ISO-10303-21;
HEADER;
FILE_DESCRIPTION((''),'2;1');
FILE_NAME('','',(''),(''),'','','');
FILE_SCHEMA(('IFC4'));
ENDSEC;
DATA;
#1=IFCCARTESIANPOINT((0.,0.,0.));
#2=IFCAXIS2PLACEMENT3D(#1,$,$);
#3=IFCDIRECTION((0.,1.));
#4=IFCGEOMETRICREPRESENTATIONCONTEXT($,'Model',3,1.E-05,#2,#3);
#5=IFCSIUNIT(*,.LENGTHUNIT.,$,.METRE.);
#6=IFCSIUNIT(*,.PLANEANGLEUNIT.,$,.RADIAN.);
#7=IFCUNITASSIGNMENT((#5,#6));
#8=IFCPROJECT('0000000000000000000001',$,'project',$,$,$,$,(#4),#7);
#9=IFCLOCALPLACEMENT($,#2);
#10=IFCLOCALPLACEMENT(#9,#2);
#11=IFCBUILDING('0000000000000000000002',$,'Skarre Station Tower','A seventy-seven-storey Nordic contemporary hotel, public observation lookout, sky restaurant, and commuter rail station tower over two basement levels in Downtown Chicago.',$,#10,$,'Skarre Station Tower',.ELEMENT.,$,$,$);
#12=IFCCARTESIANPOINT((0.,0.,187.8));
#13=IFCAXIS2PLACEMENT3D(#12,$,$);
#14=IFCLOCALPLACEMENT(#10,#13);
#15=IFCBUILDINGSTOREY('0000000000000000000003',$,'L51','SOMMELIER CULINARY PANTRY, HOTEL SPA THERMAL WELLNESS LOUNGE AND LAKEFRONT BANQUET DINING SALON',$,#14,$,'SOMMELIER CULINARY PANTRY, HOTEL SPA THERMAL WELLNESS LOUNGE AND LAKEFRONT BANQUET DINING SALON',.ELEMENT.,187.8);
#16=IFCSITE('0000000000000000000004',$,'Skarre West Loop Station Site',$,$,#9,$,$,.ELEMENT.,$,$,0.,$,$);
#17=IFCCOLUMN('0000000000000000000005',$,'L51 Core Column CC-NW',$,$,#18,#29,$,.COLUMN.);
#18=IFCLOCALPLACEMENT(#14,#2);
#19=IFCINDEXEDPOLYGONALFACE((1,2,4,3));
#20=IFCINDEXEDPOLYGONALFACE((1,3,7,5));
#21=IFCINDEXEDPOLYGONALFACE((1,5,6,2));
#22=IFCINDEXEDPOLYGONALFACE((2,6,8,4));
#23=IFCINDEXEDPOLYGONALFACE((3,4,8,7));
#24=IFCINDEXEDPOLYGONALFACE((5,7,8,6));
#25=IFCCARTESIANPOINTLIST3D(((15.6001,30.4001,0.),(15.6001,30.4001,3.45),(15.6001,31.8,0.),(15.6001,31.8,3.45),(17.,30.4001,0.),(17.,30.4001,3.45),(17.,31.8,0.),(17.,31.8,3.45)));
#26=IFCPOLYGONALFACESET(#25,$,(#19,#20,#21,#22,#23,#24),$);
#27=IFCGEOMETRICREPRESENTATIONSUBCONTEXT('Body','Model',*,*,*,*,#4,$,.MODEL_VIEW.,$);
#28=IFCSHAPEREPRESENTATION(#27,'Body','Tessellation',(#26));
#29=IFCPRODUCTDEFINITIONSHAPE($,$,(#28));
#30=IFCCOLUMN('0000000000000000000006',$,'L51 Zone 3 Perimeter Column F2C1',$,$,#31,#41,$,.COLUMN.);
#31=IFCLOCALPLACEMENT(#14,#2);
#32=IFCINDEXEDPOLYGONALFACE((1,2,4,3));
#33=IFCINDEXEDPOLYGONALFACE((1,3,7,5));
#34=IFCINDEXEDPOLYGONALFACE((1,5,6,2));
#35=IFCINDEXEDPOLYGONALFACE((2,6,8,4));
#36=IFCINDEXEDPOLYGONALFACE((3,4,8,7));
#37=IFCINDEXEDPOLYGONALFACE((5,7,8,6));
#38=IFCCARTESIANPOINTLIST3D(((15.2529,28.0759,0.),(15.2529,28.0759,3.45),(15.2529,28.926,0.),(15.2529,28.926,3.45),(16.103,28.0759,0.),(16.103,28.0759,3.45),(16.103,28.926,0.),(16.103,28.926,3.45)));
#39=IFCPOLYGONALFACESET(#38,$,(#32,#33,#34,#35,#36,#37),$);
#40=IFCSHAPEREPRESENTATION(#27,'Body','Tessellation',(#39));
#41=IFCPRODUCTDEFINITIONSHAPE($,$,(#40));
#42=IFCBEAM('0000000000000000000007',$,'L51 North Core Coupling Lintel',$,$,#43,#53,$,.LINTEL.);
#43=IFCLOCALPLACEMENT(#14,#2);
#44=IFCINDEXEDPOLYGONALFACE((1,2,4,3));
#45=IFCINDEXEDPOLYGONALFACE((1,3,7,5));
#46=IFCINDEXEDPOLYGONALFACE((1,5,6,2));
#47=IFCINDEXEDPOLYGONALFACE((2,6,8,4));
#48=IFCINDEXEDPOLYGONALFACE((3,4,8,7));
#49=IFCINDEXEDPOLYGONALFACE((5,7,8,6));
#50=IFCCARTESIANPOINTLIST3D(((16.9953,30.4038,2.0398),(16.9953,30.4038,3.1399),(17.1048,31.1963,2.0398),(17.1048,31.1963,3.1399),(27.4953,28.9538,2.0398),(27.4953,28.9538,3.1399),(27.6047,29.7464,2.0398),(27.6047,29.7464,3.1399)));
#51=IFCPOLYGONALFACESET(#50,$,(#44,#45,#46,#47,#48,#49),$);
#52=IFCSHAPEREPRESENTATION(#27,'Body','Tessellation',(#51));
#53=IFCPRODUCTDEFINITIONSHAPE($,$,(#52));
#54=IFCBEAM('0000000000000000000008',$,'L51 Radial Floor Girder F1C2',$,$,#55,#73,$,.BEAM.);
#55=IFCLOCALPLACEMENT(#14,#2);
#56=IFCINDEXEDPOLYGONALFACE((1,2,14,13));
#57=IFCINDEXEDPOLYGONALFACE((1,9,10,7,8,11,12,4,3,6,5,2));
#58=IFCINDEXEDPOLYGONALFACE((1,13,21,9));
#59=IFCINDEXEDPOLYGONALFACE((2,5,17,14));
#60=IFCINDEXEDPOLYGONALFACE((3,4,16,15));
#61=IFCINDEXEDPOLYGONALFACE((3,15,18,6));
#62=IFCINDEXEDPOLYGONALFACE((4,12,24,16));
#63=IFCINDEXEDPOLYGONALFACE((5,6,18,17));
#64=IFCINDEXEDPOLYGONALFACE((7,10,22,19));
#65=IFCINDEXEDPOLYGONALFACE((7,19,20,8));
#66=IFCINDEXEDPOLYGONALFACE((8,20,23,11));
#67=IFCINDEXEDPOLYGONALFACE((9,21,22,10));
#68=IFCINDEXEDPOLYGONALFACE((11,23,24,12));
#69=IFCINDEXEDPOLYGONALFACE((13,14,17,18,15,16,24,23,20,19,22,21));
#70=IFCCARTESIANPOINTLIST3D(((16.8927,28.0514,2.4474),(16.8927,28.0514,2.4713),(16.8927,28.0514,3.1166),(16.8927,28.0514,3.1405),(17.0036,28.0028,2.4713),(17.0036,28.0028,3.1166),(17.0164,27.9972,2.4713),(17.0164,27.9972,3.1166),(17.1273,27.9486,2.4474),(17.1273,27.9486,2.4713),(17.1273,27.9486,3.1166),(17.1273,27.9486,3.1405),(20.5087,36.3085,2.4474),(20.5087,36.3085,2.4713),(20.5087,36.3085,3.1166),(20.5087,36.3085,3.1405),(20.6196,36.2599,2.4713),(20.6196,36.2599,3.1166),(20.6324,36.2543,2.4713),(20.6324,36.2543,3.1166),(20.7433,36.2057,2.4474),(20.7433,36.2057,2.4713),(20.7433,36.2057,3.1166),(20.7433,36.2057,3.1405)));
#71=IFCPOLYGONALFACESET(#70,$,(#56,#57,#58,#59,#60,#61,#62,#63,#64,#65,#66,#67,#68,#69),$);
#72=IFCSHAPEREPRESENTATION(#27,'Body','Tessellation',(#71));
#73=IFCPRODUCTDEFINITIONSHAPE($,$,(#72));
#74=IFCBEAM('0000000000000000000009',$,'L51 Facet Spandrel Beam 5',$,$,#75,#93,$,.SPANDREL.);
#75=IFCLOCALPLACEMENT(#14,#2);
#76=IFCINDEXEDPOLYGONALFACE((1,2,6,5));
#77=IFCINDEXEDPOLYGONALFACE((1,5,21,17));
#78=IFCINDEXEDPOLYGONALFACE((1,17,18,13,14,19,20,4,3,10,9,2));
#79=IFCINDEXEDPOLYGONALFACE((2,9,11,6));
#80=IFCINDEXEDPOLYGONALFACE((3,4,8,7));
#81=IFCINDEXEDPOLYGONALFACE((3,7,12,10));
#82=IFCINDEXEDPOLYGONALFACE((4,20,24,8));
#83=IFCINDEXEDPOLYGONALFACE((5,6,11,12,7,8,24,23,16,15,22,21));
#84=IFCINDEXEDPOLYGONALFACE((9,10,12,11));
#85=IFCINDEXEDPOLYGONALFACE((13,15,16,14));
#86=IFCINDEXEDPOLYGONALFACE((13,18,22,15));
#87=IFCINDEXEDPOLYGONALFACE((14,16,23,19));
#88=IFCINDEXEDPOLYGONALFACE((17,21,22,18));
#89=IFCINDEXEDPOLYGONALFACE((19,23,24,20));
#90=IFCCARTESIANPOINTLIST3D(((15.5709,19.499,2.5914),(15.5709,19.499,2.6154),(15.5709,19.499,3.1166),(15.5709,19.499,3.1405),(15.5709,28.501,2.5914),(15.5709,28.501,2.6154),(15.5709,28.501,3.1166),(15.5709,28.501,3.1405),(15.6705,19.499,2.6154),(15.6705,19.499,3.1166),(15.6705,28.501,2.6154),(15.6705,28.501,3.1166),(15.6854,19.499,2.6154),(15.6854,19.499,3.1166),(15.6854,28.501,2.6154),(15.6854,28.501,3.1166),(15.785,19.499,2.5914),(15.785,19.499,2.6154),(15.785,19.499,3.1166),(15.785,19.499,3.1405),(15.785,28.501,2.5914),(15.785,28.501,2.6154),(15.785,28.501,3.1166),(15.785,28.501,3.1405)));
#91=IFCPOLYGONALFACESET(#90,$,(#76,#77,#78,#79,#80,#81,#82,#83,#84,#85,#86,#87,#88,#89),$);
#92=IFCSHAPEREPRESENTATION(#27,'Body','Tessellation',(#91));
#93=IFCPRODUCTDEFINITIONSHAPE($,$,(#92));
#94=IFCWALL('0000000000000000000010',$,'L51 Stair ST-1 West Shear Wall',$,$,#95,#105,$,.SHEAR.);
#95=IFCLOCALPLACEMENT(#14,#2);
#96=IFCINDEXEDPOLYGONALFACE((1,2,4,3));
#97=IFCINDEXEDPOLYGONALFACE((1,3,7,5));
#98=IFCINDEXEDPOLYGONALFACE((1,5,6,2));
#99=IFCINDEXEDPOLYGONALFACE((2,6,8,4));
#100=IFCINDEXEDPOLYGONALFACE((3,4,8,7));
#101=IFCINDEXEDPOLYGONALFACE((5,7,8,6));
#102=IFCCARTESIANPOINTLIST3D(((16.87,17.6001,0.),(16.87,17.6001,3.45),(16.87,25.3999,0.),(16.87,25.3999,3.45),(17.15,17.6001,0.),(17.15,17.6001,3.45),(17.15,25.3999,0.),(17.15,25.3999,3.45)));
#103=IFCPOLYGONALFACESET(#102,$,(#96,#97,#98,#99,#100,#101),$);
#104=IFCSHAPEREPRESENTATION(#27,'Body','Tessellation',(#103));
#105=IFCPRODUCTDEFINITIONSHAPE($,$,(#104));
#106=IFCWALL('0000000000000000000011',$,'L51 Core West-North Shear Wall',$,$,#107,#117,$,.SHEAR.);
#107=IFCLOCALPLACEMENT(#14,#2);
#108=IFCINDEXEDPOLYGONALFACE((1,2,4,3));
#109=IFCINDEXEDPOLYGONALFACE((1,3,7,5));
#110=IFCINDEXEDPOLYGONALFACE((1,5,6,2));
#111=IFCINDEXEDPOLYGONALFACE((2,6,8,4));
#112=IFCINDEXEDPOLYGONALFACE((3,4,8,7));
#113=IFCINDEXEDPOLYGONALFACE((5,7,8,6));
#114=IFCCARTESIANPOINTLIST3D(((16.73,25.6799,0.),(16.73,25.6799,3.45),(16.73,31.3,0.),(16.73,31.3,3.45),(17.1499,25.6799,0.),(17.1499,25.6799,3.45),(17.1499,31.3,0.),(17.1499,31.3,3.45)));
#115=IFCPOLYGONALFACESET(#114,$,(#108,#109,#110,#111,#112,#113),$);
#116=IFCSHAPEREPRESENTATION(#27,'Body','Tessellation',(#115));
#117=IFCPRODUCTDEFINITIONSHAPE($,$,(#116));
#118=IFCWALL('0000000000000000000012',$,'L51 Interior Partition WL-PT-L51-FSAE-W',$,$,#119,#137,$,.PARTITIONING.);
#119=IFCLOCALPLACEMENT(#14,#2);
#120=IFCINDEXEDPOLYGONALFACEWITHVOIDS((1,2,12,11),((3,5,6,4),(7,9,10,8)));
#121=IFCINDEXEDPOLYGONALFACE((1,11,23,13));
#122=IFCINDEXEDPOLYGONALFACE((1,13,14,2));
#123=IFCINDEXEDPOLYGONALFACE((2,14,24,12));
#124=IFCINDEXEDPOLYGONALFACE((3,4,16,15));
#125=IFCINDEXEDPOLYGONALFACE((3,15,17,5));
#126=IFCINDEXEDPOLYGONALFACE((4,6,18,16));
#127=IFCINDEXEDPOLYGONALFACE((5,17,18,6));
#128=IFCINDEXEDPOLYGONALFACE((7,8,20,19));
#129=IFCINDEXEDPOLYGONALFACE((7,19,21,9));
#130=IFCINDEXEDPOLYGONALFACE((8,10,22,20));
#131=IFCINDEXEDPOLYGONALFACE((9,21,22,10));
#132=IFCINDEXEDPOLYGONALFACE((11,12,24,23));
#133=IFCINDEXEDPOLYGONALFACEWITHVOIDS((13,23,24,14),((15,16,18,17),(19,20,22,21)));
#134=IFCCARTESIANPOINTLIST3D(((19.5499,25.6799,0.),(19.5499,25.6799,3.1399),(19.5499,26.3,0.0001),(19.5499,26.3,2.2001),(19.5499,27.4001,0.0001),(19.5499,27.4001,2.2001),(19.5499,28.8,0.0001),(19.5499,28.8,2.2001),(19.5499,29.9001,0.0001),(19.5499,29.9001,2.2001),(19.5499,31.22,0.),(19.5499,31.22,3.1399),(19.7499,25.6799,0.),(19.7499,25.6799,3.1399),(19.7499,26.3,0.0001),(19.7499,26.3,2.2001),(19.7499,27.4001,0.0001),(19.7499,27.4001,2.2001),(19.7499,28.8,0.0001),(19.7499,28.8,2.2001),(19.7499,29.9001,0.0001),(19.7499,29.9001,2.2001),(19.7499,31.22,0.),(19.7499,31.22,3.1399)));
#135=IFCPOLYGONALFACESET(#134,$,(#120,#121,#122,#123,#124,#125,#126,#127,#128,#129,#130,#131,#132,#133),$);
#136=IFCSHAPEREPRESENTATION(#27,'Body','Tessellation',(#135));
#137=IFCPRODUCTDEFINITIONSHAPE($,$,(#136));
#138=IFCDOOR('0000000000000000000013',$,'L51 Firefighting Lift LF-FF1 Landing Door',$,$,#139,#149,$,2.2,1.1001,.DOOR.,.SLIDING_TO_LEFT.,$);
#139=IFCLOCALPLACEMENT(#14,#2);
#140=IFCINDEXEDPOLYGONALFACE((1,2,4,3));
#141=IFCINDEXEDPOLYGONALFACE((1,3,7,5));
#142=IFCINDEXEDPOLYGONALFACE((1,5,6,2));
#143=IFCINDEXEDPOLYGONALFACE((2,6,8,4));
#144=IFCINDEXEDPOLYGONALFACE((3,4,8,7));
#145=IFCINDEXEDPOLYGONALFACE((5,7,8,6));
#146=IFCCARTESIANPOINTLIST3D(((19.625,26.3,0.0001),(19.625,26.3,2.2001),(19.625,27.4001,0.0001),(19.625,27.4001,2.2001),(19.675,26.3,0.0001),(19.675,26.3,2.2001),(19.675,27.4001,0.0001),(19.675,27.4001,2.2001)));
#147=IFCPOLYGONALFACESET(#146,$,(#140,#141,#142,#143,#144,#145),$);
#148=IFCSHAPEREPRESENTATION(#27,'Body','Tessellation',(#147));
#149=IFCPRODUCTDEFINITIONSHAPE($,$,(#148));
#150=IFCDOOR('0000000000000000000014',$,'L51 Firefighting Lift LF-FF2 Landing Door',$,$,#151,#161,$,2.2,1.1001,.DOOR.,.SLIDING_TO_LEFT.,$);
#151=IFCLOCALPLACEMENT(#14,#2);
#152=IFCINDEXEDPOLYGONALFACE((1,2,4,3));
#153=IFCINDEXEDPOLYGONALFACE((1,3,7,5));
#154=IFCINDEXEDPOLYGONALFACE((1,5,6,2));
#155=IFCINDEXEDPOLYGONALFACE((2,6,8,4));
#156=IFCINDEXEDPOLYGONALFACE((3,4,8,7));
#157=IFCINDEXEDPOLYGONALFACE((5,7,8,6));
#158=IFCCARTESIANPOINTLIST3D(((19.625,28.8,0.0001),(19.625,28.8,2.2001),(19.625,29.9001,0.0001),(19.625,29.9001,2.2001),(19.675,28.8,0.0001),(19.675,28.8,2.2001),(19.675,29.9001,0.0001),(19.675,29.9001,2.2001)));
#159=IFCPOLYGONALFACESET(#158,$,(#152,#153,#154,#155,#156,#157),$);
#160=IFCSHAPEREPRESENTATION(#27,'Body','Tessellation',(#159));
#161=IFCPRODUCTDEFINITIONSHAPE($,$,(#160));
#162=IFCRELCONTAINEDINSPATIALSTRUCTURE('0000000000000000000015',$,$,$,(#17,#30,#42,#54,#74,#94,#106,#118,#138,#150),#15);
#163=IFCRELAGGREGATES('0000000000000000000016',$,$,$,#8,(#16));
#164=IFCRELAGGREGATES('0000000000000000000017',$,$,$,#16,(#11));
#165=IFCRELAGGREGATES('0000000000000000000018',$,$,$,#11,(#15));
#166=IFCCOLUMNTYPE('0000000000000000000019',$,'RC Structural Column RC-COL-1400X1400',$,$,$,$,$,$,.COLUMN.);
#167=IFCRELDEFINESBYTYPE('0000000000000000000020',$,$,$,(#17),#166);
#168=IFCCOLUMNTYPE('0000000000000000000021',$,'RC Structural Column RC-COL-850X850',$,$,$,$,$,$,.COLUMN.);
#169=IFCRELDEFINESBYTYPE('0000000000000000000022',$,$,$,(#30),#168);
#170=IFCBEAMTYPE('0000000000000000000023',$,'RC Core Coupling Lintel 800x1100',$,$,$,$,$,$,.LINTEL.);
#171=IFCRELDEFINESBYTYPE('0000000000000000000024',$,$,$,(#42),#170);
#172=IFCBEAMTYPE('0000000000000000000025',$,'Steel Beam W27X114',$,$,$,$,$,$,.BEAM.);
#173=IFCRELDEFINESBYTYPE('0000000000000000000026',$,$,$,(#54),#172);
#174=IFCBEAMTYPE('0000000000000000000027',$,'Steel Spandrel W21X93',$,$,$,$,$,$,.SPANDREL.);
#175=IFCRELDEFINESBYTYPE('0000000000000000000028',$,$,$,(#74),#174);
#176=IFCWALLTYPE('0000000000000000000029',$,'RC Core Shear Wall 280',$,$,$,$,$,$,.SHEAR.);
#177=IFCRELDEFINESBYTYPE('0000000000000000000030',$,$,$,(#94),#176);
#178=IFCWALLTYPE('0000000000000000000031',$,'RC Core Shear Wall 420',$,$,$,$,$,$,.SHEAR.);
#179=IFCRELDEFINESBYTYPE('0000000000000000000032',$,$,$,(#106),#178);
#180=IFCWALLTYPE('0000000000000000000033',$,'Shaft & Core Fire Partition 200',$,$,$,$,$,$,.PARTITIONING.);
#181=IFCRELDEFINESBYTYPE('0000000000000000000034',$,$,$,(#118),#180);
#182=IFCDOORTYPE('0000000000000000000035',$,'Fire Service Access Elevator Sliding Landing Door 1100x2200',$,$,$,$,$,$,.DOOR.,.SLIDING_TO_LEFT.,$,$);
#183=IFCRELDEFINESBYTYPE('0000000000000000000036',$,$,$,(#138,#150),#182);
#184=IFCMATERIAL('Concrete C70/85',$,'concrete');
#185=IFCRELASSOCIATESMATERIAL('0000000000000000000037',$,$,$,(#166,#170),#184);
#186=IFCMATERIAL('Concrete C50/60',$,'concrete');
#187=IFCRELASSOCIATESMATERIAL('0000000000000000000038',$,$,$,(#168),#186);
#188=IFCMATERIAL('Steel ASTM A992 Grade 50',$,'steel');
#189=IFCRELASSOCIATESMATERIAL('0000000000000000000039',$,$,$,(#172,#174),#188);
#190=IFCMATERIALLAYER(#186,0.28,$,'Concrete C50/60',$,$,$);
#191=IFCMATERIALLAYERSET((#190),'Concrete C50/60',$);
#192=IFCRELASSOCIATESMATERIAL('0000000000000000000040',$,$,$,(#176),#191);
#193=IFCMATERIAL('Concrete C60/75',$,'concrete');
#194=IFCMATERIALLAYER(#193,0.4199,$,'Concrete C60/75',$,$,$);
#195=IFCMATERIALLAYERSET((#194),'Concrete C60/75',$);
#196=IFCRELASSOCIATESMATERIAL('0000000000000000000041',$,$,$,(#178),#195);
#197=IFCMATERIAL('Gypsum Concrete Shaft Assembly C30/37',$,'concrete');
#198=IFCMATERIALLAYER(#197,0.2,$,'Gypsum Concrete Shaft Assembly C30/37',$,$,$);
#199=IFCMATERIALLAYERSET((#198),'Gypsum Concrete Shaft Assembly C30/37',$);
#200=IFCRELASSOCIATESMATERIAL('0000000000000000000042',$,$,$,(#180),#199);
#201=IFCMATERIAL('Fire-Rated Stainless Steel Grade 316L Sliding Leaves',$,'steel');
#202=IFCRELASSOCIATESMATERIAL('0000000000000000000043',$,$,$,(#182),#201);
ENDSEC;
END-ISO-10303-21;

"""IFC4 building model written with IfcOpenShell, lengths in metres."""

from ifc_helpers import new_model, si_unit, direction, frame, frame_2d, origin, origin_2d, place, context, subcontext, project, spatial, rectangle, i_section, extrude, material, layer, layer_set, material_profile, profile_set, type_object, element, fill, save


model = new_model("IFC4")

# Units and contexts
model_context = context("Model", 3, precision=1e-05, world=origin(), true_north=direction((0.0, 1.0)))
body_context = subcontext(model_context, "Body", "Model", "MODEL_VIEW")
ifc_project = project(units=[si_unit("LENGTHUNIT", "METRE"), si_unit("PLANEANGLEUNIT", "RADIAN")], contexts=[model_context])

# Site, building, storey
site_placement = place(None, origin())
site = spatial("IfcSite", under=ifc_project, at=site_placement, Name="Skarre West Loop Station Site", CompositionType="ELEMENT", RefElevation=0.0)
building_placement = place(site_placement, origin())
building = spatial("IfcBuilding", under=site, at=building_placement, Name="Skarre Station Tower", Description="A seventy-seven-storey Nordic contemporary hotel, public observation lookout, sky restaurant, and commuter rail station tower over two basement levels in Downtown Chicago.", LongName="Skarre Station Tower", CompositionType="ELEMENT")
storey_placement = place(building_placement, frame((0.0, 0.0, 187.8)))
storey = spatial("IfcBuildingStorey", under=building, at=storey_placement, Name="L51", Description="SOMMELIER CULINARY PANTRY, HOTEL SPA THERMAL WELLNESS LOUNGE AND LAKEFRONT BANQUET DINING SALON", LongName="SOMMELIER CULINARY PANTRY, HOTEL SPA THERMAL WELLNESS LOUNGE AND LAKEFRONT BANQUET DINING SALON", CompositionType="ELEMENT", Elevation=187.8)

# Columns
ifc_material_1 = material(Name="Concrete C70/85", Category="concrete")
ifc_material_profile_1 = material_profile(ifc_material_1, rectangle(XDim=1.3999, YDim=1.3999, at=origin_2d()), Name="Concrete C70/85")
ifc_profile_set_1 = profile_set([ifc_material_profile_1], Name="Concrete C70/85")
column_type_1 = type_object("IfcColumnType", Name="RC Structural Column RC-COL-1400X1400", PredefinedType="COLUMN", material=ifc_profile_set_1)
column_1_placement = place(storey_placement, frame((16.3, 31.1001, 0.0), z_axis=(0.0, 0.0, 1.0), x_axis=(1.0, 0.0, 0.0)))
element("IfcColumn", 1, at=column_1_placement, inside=storey, type_object=column_type_1, Name="L51 Core Column CC-NW", PredefinedType="COLUMN", context=body_context, shape_type="SweptSolid", body=[
    extrude(rectangle(XDim=1.3999, YDim=1.3999, at=origin_2d()), origin(), (0.0, 0.0, 1.0), 3.45),
])
ifc_material_2 = material(Name="Concrete C50/60", Category="concrete")
ifc_material_profile_2 = material_profile(ifc_material_2, rectangle(XDim=0.8501, YDim=0.8501, at=origin_2d()), Name="Concrete C50/60")
ifc_profile_set_2 = profile_set([ifc_material_profile_2], Name="Concrete C50/60")
column_type_2 = type_object("IfcColumnType", Name="RC Structural Column RC-COL-850X850", PredefinedType="COLUMN", material=ifc_profile_set_2)
column_2_placement = place(storey_placement, frame((15.678, 28.501, 0.0), z_axis=(0.0, 0.0, 1.0), x_axis=(1.0, 0.0, 0.0)))
element("IfcColumn", 2, at=column_2_placement, inside=storey, type_object=column_type_2, Name="L51 Zone 3 Perimeter Column F2C1", PredefinedType="COLUMN", context=body_context, shape_type="SweptSolid", body=[
    extrude(rectangle(XDim=0.8501, YDim=0.8501, at=origin_2d()), origin(), (0.0, 0.0, 1.0), 3.45),
])

# Beams
ifc_material_profile_3 = material_profile(ifc_material_1, rectangle(XDim=0.8, YDim=1.1001, at=origin_2d()), Name="Concrete C70/85")
ifc_profile_set_3 = profile_set([ifc_material_profile_3], Name="Concrete C70/85")
beam_type_1 = type_object("IfcBeamType", Name="RC Core Coupling Lintel 800x1100", PredefinedType="LINTEL", material=ifc_profile_set_3)
beam_1_placement = place(storey_placement, frame((17.05, 30.8, 2.5898), z_axis=(0.9906, -0.136792, 0.0), x_axis=(0.136792, 0.9906, 0.0)))
element("IfcBeam", 3, at=beam_1_placement, inside=storey, type_object=beam_type_1, Name="L51 North Core Coupling Lintel", PredefinedType="LINTEL", context=body_context, shape_type="SweptSolid", body=[
    extrude(rectangle(XDim=0.8, YDim=1.1001, at=origin_2d()), origin(), (0.0, 0.0, 1.0), 10.5996),
])
ifc_material_3 = material(Name="Steel ASTM A992 Grade 50", Category="steel")
ifc_material_profile_4 = material_profile(ifc_material_3, i_section(OverallWidth=0.2561, OverallDepth=0.6931, WebThickness=0.0139, FlangeThickness=0.0239, at=origin_2d()), Name="Steel ASTM A992 Grade 50")
ifc_profile_set_4 = profile_set([ifc_material_profile_4], Name="Steel ASTM A992 Grade 50")
beam_type_2 = type_object("IfcBeamType", Name="Steel Beam W27X114", PredefinedType="BEAM", material=ifc_profile_set_4)
beam_2_placement = place(storey_placement, frame((17.01, 28.0, 2.7939), z_axis=(0.401144, 0.916015, 0.0), x_axis=(-0.916015, 0.401144, 0.0)))
element("IfcBeam", 4, at=beam_2_placement, inside=storey, type_object=beam_type_2, Name="L51 Radial Floor Girder F1C2", PredefinedType="BEAM", context=body_context, shape_type="SweptSolid", body=[
    extrude(i_section(OverallWidth=0.2561, OverallDepth=0.6931, WebThickness=0.0139, FlangeThickness=0.0239, at=origin_2d()), origin(), (0.0, 0.0, 1.0), 9.0142),
])
ifc_material_profile_5 = material_profile(ifc_material_3, i_section(OverallWidth=0.2141, OverallDepth=0.5491, WebThickness=0.0149, FlangeThickness=0.0239, at=origin_2d()), Name="Steel ASTM A992 Grade 50")
ifc_profile_set_5 = profile_set([ifc_material_profile_5], Name="Steel ASTM A992 Grade 50")
beam_type_3 = type_object("IfcBeamType", Name="Steel Spandrel W21X93", PredefinedType="SPANDREL", material=ifc_profile_set_5)
beam_3_placement = place(storey_placement, frame((15.678, 28.501, 2.866), z_axis=(0.0, -1.0, 0.0), x_axis=(1.0, 0.0, 0.0)))
element("IfcBeam", 5, at=beam_3_placement, inside=storey, type_object=beam_type_3, Name="L51 Facet Spandrel Beam 5", PredefinedType="SPANDREL", context=body_context, shape_type="SweptSolid", body=[
    extrude(i_section(OverallWidth=0.2141, OverallDepth=0.5491, WebThickness=0.0149, FlangeThickness=0.0239, at=origin_2d()), origin(), (0.0, 0.0, 1.0), 9.002),
])

# Walls
ifc_layer_1 = layer(ifc_material_2, 0.28, Name="Concrete C50/60")
ifc_layer_set_1 = layer_set([ifc_layer_1], Name="Concrete C50/60")
wall_type_1 = type_object("IfcWallType", Name="RC Core Shear Wall 280", PredefinedType="SHEAR", material=ifc_layer_set_1)
wall_1_placement = place(storey_placement, frame((17.01, 25.3999, 0.0), z_axis=(0.0, 0.0, 1.0), x_axis=(0.0, -1.0, 0.0)))
element("IfcWall", 6, at=wall_1_placement, inside=storey, type_object=wall_type_1, Name="L51 Stair ST-1 West Shear Wall", PredefinedType="SHEAR", context=body_context, shape_type="SweptSolid", body=[
    extrude(rectangle(XDim=7.7998, YDim=0.28, at=frame_2d((3.8999, 0.0))), origin(), (0.0, 0.0, 1.0), 3.45),
])
ifc_material_4 = material(Name="Concrete C60/75", Category="concrete")
ifc_layer_2 = layer(ifc_material_4, 0.4199, Name="Concrete C60/75")
ifc_layer_set_2 = layer_set([ifc_layer_2], Name="Concrete C60/75")
wall_type_2 = type_object("IfcWallType", Name="RC Core Shear Wall 420", PredefinedType="SHEAR", material=ifc_layer_set_2)
wall_2_placement = place(storey_placement, frame((16.9399, 25.6799, 0.0), z_axis=(0.0, 0.0, 1.0), x_axis=(0.0, 1.0, 0.0)))
element("IfcWall", 7, at=wall_2_placement, inside=storey, type_object=wall_type_2, Name="L51 Core West-North Shear Wall", PredefinedType="SHEAR", context=body_context, shape_type="SweptSolid", body=[
    extrude(rectangle(XDim=5.6201, YDim=0.4199, at=frame_2d((2.8101, 0.0))), origin(), (0.0, 0.0, 1.0), 3.45),
])

# Wall, openings, doors
ifc_material_5 = material(Name="Gypsum Concrete Shaft Assembly C30/37", Category="concrete")
ifc_layer_3 = layer(ifc_material_5, 0.2, Name="Gypsum Concrete Shaft Assembly C30/37")
ifc_layer_set_3 = layer_set([ifc_layer_3], Name="Gypsum Concrete Shaft Assembly C30/37")
wall_type_3 = type_object("IfcWallType", Name="Shaft & Core Fire Partition 200", PredefinedType="PARTITIONING", material=ifc_layer_set_3)
wall_3_placement = place(storey_placement, frame((19.6499, 25.6799, 0.0), z_axis=(0.0, 0.0, 1.0), x_axis=(0.0, 1.0, 0.0)))
wall_3 = element("IfcWall", 8, at=wall_3_placement, inside=storey, type_object=wall_type_3, Name="L51 Interior Partition WL-PT-L51-FSAE-W", PredefinedType="PARTITIONING", context=body_context, shape_type="SweptSolid", body=[
    extrude(rectangle(XDim=5.54, YDim=0.2, at=frame_2d((2.77, 0.0))), origin(), (0.0, 0.0, 1.0), 3.1399),
])
opening_1_placement = place(wall_3_placement, frame((0.6201, 0.0, 0.0)))
opening_1 = element("IfcOpeningElement", 9, at=opening_1_placement, cuts=wall_3, PredefinedType="OPENING", context=body_context, shape_type="SweptSolid", body=[
    extrude(rectangle(XDim=1.1001, YDim=2.2, at=frame_2d((0.55, 1.1001))), frame((0.0, 0.1099, 0.0), z_axis=(0.0, -1.0, 0.0), x_axis=(1.0, 0.0, 0.0)), (0.0, 0.0, 1.0), 0.22),
])
opening_2_placement = place(wall_3_placement, frame((3.1201, 0.0, 0.0)))
opening_2 = element("IfcOpeningElement", 10, at=opening_2_placement, cuts=wall_3, PredefinedType="OPENING", context=body_context, shape_type="SweptSolid", body=[
    extrude(rectangle(XDim=1.1001, YDim=2.2, at=frame_2d((0.55, 1.1001))), frame((0.0, 0.1099, 0.0), z_axis=(0.0, -1.0, 0.0), x_axis=(1.0, 0.0, 0.0)), (0.0, 0.0, 1.0), 0.22),
])
ifc_material_6 = material(Name="Fire-Rated Stainless Steel Grade 316L Sliding Leaves", Category="steel")
door_type = type_object("IfcDoorType", Name="Fire Service Access Elevator Sliding Landing Door 1100x2200", OperationType="SLIDING_TO_LEFT", PredefinedType="DOOR", material=ifc_material_6)
door_1_placement = place(opening_1_placement, origin())
door_1 = element("IfcDoor", 11, at=door_1_placement, inside=storey, type_object=door_type, Name="L51 Firefighting Lift LF-FF1 Landing Door", OperationType="SLIDING_TO_LEFT", OverallHeight=2.2, OverallWidth=1.1001, PredefinedType="DOOR", context=body_context, shape_type="SweptSolid", body=[
    extrude(rectangle(XDim=1.1001, YDim=2.2, at=frame_2d((0.55, 1.1001))), frame((0.0, 0.0249, 0.0), z_axis=(0.0, -1.0, 0.0), x_axis=(1.0, 0.0, 0.0)), (0.0, 0.0, 1.0), 0.05),
])
fill(opening_1, door_1)
door_2_placement = place(opening_2_placement, origin())
door_2 = element("IfcDoor", 12, at=door_2_placement, inside=storey, type_object=door_type, Name="L51 Firefighting Lift LF-FF2 Landing Door", OperationType="SLIDING_TO_LEFT", OverallHeight=2.2, OverallWidth=1.1001, PredefinedType="DOOR", context=body_context, shape_type="SweptSolid", body=[
    extrude(rectangle(XDim=1.1001, YDim=2.2, at=frame_2d((0.55, 1.1001))), frame((0.0, 0.0249, 0.0), z_axis=(0.0, -1.0, 0.0), x_axis=(1.0, 0.0, 0.0)), (0.0, 0.0, 1.0), 0.05),
])
fill(opening_2, door_2)

save(model, "model.ifc")
